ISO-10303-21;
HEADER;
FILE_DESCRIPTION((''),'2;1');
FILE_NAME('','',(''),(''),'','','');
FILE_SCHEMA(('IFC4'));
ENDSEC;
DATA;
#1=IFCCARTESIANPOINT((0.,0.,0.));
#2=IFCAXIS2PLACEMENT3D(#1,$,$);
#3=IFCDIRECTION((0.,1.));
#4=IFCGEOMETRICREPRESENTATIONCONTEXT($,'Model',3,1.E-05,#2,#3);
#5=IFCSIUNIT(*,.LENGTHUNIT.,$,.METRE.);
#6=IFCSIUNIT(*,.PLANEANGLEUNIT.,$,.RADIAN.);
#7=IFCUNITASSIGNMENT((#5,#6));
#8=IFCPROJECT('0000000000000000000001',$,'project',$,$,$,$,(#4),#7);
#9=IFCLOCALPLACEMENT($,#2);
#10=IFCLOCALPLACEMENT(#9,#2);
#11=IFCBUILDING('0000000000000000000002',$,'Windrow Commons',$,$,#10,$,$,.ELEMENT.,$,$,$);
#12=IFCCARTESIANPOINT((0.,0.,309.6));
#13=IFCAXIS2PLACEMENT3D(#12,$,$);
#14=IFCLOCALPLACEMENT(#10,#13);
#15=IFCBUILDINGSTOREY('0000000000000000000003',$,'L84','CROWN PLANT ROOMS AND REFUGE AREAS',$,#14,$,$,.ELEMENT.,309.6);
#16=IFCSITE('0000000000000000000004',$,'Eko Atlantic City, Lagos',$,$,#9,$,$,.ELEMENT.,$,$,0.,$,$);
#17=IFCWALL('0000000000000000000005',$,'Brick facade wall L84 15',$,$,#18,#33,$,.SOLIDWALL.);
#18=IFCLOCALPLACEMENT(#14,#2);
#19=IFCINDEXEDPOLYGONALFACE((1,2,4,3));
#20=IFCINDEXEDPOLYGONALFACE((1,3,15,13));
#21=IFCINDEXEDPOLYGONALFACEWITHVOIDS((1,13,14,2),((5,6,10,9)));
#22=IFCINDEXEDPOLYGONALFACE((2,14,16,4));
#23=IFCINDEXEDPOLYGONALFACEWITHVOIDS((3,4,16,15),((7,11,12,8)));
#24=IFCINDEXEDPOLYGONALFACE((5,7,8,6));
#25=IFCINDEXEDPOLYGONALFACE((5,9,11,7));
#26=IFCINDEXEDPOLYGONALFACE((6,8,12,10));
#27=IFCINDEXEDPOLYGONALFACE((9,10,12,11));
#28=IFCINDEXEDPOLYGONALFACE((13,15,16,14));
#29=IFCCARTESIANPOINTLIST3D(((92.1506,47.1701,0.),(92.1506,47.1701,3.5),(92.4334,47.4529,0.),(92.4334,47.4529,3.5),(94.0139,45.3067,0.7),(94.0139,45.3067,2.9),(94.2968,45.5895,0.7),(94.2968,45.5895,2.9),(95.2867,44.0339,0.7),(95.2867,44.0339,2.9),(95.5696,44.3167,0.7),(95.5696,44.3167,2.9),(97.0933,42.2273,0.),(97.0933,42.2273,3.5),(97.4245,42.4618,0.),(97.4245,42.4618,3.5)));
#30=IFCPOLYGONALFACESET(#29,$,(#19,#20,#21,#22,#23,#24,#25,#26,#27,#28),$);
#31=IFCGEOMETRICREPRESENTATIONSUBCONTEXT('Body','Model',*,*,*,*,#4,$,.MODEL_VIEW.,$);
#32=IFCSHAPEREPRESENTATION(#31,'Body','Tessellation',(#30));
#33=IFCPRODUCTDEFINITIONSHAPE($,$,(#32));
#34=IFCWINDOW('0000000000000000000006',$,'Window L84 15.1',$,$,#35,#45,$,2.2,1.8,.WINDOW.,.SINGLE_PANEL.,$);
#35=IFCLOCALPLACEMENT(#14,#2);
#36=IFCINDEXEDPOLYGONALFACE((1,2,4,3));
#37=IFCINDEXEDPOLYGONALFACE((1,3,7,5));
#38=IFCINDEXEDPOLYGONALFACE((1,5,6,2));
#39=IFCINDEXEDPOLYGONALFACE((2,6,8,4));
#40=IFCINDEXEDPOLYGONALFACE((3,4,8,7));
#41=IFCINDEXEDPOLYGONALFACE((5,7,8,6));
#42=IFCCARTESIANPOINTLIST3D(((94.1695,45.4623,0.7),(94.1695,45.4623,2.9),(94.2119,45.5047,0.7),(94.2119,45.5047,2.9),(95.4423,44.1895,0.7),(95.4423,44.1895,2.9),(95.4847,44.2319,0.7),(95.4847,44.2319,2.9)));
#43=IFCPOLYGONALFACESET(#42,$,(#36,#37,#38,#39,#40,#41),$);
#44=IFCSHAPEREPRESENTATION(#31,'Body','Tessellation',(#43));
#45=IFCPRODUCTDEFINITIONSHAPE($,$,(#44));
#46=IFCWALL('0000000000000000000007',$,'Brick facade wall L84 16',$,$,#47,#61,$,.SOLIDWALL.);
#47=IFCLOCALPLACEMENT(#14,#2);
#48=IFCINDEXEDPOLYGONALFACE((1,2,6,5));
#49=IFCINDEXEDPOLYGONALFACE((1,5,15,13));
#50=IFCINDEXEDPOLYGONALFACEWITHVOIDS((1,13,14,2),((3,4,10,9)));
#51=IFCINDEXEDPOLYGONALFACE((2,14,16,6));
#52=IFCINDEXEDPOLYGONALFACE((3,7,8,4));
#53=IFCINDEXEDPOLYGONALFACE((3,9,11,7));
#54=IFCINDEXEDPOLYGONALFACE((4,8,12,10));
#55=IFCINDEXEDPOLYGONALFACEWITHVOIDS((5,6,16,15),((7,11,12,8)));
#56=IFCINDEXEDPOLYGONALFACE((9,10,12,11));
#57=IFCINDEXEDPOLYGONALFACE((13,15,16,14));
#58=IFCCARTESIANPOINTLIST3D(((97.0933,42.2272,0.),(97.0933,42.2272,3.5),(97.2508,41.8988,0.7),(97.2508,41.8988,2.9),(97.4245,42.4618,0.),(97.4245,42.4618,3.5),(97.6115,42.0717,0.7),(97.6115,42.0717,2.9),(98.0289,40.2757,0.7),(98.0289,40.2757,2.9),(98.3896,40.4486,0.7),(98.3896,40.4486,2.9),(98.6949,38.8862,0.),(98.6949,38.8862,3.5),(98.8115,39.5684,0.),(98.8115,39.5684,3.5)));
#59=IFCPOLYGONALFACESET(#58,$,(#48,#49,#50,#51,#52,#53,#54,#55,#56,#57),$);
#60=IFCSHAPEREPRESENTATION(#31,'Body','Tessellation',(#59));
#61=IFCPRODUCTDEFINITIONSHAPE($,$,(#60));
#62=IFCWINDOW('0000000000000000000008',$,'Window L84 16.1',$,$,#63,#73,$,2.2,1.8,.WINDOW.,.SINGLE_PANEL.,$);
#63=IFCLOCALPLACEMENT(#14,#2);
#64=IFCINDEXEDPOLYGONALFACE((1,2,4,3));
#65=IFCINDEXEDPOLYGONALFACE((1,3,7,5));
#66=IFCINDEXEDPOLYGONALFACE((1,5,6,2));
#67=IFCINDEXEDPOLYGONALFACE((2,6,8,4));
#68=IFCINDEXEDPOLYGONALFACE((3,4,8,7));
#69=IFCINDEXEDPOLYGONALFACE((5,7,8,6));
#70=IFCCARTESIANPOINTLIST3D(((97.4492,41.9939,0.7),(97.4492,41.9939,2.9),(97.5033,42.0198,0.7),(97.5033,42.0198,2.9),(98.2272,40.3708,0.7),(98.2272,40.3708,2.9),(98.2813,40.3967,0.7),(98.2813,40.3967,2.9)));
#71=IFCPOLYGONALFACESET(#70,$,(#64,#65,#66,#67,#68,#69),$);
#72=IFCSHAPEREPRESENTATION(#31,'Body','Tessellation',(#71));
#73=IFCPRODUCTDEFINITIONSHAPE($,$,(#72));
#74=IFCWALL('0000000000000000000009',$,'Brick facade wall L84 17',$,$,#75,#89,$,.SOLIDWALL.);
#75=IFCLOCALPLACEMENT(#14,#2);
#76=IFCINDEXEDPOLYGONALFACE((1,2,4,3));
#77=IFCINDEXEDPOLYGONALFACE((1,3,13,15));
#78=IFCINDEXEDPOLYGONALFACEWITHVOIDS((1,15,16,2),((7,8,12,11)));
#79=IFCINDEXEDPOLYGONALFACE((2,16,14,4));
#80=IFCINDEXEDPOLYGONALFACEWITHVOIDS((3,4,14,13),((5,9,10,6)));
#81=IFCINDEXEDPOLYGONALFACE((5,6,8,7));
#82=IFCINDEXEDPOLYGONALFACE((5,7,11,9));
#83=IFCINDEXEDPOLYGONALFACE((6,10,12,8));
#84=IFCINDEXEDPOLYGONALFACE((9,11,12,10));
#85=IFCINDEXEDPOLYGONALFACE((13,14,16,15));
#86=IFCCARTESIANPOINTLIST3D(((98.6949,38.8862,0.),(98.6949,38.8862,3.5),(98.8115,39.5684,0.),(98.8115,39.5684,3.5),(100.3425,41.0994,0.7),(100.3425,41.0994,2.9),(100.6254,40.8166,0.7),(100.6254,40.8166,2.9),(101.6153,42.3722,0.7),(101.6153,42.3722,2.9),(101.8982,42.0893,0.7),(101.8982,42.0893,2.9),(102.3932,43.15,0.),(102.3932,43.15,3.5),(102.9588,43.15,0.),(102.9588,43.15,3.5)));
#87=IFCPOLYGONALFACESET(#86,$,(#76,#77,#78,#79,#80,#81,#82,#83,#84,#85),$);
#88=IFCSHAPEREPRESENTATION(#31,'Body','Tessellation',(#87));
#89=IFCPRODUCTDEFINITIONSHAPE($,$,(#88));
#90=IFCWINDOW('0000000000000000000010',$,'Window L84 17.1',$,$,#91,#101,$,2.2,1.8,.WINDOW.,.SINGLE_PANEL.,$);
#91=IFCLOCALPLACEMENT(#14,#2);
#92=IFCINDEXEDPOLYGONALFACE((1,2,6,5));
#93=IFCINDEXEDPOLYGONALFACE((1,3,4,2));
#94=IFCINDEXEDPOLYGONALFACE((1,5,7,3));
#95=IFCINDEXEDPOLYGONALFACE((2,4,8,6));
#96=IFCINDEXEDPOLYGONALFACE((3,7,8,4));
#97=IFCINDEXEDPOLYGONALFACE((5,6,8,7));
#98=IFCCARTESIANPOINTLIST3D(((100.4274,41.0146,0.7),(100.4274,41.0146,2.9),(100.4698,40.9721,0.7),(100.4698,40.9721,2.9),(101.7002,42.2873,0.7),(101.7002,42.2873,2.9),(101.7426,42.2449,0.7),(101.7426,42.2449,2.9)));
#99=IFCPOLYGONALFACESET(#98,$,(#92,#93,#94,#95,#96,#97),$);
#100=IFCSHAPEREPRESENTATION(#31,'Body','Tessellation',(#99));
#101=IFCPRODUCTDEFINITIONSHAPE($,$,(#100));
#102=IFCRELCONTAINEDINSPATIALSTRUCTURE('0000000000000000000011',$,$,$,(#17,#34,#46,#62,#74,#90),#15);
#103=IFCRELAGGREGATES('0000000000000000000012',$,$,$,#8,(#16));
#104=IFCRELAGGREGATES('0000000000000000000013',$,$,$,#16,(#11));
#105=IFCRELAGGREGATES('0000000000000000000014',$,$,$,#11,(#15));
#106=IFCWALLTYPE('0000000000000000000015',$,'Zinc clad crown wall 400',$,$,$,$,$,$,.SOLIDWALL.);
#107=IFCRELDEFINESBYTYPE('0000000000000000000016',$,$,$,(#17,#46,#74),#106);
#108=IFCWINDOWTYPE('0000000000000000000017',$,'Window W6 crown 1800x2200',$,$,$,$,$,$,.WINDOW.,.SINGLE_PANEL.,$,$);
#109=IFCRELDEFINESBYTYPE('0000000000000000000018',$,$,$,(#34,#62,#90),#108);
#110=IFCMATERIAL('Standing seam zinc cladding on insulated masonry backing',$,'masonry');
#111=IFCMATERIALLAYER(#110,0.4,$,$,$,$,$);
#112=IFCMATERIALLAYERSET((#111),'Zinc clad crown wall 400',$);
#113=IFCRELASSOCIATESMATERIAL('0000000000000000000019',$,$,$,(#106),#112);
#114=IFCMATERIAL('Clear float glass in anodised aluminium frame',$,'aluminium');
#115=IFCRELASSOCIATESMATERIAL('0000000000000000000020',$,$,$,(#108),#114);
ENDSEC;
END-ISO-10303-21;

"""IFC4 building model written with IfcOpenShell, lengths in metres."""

from ifc_helpers import new_model, si_unit, direction, frame, frame_2d, origin, place, context, subcontext, project, spatial, polyline, rectangle, outline, extrude, material, layer, layer_set, type_object, element, fill, save


model = new_model("IFC4")

# Units and contexts
model_context = context("Model", 3, precision=1e-05, world=origin(), true_north=direction((0.0, 1.0)))
body_context = subcontext(model_context, "Body", "Model", "MODEL_VIEW")
ifc_project = project(units=[si_unit("LENGTHUNIT", "METRE"), si_unit("PLANEANGLEUNIT", "RADIAN")], contexts=[model_context])

# Site, building, storey
site_placement = place(None, origin())
site = spatial("IfcSite", under=ifc_project, at=site_placement, Name="Eko Atlantic City, Lagos", CompositionType="ELEMENT", RefElevation=0.0)
building_placement = place(site_placement, origin())
building = spatial("IfcBuilding", under=site, at=building_placement, Name="Windrow Commons", CompositionType="ELEMENT")
storey_placement = place(building_placement, frame((0.0, 0.0, 309.6)))
storey = spatial("IfcBuildingStorey", under=building, at=storey_placement, Name="L84", Description="CROWN PLANT ROOMS AND REFUGE AREAS", CompositionType="ELEMENT", Elevation=309.6)

# Walls, openings, windows
ifc_material_1 = material(Name="Standing seam zinc cladding on insulated masonry backing", Category="masonry")
ifc_layer_1 = layer(ifc_material_1, 0.4)
ifc_layer_set_1 = layer_set([ifc_layer_1], Name="Zinc clad crown wall 400")
wall_type_1 = type_object("IfcWallType", Name="Zinc clad crown wall 400", PredefinedType="SOLIDWALL", material=ifc_layer_set_1)
wall_1_placement = place(storey_placement, frame((92.292, 47.3115, 0.0), z_axis=(0.0, 0.0, 1.0), x_axis=(0.7071, -0.707114, 0.0)))
wall_1 = element("IfcWall", 1, at=wall_1_placement, inside=storey, type_object=wall_type_1, Name="Brick facade wall L84 15", PredefinedType="SOLIDWALL", context=body_context, shape_type="SweptSolid", body=[
    extrude(outline(polyline([(0.0, -0.2), (6.9901, -0.2), (7.0585, 0.2), (0.0, 0.2), (0.0, -0.2)])), origin(), (0.0, 0.0, 1.0), 3.5),
])
opening_1_placement = place(wall_1_placement, frame((2.6352, 0.0, 0.7)))
opening_1 = element("IfcOpeningElement", 2, at=opening_1_placement, cuts=wall_1, PredefinedType="OPENING", context=body_context, shape_type="SweptSolid", body=[
    extrude(rectangle(XDim=1.8, YDim=2.2, at=frame_2d((0.9, 1.1))), frame((0.0, 0.21, 0.0), z_axis=(0.0, -1.0, 0.0), x_axis=(1.0, 0.0, 0.0)), (0.0, 0.0, 1.0), 0.42),
])
ifc_material_2 = material(Name="Clear float glass in anodised aluminium frame", Category="aluminium")
window_type = type_object("IfcWindowType", Name="Window W6 crown 1800x2200", PartitioningType="SINGLE_PANEL", PredefinedType="WINDOW", material=ifc_material_2)
window_1_placement = place(opening_1_placement, origin())
window_1 = element("IfcWindow", 3, at=window_1_placement, inside=storey, type_object=window_type, Name="Window L84 15.1", OverallHeight=2.2, OverallWidth=1.8, PartitioningType="SINGLE_PANEL", PredefinedType="WINDOW", context=body_context, shape_type="SweptSolid", body=[
    extrude(rectangle(XDim=1.8, YDim=2.2, at=frame_2d((0.9, 1.1))), frame((0.0, 0.08, 0.0), z_axis=(0.0, -1.0, 0.0), x_axis=(1.0, 0.0, 0.0)), (0.0, 0.0, 1.0), 0.06),
])
fill(opening_1, window_1)
wall_2_placement = place(storey_placement, frame((97.2589, 42.3445, 0.0), z_axis=(0.0, 0.0, 1.0), x_axis=(0.432271, -0.901744, 0.0)))
wall_2 = element("IfcWall", 4, at=wall_2_placement, inside=storey, type_object=wall_type_1, Name="Brick facade wall L84 16", PredefinedType="SOLIDWALL", context=body_context, shape_type="SweptSolid", body=[
    extrude(outline(polyline([(0.0342, -0.2), (3.7393, -0.2), (3.1745, 0.2), (-0.0342, 0.2), (0.0342, -0.2)])), origin(), (0.0, 0.0, 1.0), 3.5),
])
opening_2_placement = place(wall_2_placement, frame((0.3984, 0.0, 0.7)))
opening_2 = element("IfcOpeningElement", 5, at=opening_2_placement, cuts=wall_2, PredefinedType="OPENING", context=body_context, shape_type="SweptSolid", body=[
    extrude(rectangle(XDim=1.8, YDim=2.2, at=frame_2d((0.9, 1.1))), frame((0.0, 0.21, 0.0), z_axis=(0.0, -1.0, 0.0), x_axis=(1.0, 0.0, 0.0)), (0.0, 0.0, 1.0), 0.42),
])
window_2_placement = place(opening_2_placement, origin())
window_2 = element("IfcWindow", 6, at=window_2_placement, inside=storey, type_object=window_type, Name="Window L84 16.1", OverallHeight=2.2, OverallWidth=1.8, PartitioningType="SINGLE_PANEL", PredefinedType="WINDOW", context=body_context, shape_type="SweptSolid", body=[
    extrude(rectangle(XDim=1.8, YDim=2.2, at=frame_2d((0.9, 1.1))), frame((0.0, 0.08, 0.0), z_axis=(0.0, -1.0, 0.0), x_axis=(1.0, 0.0, 0.0)), (0.0, 0.0, 1.0), 0.06),
])
fill(opening_2, window_2)
wall_3_placement = place(storey_placement, frame((98.7532, 39.2273, 0.0), z_axis=(0.0, 0.0, 1.0), x_axis=(0.707116, 0.707098, 0.0)))
wall_3 = element("IfcWall", 7, at=wall_3_placement, inside=storey, type_object=wall_type_1, Name="Brick facade wall L84 17", PredefinedType="SOLIDWALL", context=body_context, shape_type="SweptSolid", body=[
    extrude(outline(polyline([(-0.2824, -0.2), (5.7476, -0.2), (5.3476, 0.2), (0.2824, 0.2), (-0.2824, -0.2)])), origin(), (0.0, 0.0, 1.0), 3.5),
])
opening_3_placement = place(wall_3_placement, frame((2.4476, 0.0, 0.7)))
opening_3 = element("IfcOpeningElement", 8, at=opening_3_placement, cuts=wall_3, PredefinedType="OPENING", context=body_context, shape_type="SweptSolid", body=[
    extrude(rectangle(XDim=1.8, YDim=2.2, at=frame_2d((0.9, 1.1))), frame((0.0, 0.21, 0.0), z_axis=(0.0, -1.0, 0.0), x_axis=(1.0, 0.0, 0.0)), (0.0, 0.0, 1.0), 0.42),
])
window_3_placement = place(opening_3_placement, origin())
window_3 = element("IfcWindow", 9, at=window_3_placement, inside=storey, type_object=window_type, Name="Window L84 17.1", OverallHeight=2.2, OverallWidth=1.8, PartitioningType="SINGLE_PANEL", PredefinedType="WINDOW", context=body_context, shape_type="SweptSolid", body=[
    extrude(rectangle(XDim=1.8, YDim=2.2, at=frame_2d((0.9, 1.1))), frame((0.0, 0.08, 0.0), z_axis=(0.0, -1.0, 0.0), x_axis=(1.0, 0.0, 0.0)), (0.0, 0.0, 1.0), 0.06),
])
fill(opening_3, window_3)

save(model, "model.ifc")
